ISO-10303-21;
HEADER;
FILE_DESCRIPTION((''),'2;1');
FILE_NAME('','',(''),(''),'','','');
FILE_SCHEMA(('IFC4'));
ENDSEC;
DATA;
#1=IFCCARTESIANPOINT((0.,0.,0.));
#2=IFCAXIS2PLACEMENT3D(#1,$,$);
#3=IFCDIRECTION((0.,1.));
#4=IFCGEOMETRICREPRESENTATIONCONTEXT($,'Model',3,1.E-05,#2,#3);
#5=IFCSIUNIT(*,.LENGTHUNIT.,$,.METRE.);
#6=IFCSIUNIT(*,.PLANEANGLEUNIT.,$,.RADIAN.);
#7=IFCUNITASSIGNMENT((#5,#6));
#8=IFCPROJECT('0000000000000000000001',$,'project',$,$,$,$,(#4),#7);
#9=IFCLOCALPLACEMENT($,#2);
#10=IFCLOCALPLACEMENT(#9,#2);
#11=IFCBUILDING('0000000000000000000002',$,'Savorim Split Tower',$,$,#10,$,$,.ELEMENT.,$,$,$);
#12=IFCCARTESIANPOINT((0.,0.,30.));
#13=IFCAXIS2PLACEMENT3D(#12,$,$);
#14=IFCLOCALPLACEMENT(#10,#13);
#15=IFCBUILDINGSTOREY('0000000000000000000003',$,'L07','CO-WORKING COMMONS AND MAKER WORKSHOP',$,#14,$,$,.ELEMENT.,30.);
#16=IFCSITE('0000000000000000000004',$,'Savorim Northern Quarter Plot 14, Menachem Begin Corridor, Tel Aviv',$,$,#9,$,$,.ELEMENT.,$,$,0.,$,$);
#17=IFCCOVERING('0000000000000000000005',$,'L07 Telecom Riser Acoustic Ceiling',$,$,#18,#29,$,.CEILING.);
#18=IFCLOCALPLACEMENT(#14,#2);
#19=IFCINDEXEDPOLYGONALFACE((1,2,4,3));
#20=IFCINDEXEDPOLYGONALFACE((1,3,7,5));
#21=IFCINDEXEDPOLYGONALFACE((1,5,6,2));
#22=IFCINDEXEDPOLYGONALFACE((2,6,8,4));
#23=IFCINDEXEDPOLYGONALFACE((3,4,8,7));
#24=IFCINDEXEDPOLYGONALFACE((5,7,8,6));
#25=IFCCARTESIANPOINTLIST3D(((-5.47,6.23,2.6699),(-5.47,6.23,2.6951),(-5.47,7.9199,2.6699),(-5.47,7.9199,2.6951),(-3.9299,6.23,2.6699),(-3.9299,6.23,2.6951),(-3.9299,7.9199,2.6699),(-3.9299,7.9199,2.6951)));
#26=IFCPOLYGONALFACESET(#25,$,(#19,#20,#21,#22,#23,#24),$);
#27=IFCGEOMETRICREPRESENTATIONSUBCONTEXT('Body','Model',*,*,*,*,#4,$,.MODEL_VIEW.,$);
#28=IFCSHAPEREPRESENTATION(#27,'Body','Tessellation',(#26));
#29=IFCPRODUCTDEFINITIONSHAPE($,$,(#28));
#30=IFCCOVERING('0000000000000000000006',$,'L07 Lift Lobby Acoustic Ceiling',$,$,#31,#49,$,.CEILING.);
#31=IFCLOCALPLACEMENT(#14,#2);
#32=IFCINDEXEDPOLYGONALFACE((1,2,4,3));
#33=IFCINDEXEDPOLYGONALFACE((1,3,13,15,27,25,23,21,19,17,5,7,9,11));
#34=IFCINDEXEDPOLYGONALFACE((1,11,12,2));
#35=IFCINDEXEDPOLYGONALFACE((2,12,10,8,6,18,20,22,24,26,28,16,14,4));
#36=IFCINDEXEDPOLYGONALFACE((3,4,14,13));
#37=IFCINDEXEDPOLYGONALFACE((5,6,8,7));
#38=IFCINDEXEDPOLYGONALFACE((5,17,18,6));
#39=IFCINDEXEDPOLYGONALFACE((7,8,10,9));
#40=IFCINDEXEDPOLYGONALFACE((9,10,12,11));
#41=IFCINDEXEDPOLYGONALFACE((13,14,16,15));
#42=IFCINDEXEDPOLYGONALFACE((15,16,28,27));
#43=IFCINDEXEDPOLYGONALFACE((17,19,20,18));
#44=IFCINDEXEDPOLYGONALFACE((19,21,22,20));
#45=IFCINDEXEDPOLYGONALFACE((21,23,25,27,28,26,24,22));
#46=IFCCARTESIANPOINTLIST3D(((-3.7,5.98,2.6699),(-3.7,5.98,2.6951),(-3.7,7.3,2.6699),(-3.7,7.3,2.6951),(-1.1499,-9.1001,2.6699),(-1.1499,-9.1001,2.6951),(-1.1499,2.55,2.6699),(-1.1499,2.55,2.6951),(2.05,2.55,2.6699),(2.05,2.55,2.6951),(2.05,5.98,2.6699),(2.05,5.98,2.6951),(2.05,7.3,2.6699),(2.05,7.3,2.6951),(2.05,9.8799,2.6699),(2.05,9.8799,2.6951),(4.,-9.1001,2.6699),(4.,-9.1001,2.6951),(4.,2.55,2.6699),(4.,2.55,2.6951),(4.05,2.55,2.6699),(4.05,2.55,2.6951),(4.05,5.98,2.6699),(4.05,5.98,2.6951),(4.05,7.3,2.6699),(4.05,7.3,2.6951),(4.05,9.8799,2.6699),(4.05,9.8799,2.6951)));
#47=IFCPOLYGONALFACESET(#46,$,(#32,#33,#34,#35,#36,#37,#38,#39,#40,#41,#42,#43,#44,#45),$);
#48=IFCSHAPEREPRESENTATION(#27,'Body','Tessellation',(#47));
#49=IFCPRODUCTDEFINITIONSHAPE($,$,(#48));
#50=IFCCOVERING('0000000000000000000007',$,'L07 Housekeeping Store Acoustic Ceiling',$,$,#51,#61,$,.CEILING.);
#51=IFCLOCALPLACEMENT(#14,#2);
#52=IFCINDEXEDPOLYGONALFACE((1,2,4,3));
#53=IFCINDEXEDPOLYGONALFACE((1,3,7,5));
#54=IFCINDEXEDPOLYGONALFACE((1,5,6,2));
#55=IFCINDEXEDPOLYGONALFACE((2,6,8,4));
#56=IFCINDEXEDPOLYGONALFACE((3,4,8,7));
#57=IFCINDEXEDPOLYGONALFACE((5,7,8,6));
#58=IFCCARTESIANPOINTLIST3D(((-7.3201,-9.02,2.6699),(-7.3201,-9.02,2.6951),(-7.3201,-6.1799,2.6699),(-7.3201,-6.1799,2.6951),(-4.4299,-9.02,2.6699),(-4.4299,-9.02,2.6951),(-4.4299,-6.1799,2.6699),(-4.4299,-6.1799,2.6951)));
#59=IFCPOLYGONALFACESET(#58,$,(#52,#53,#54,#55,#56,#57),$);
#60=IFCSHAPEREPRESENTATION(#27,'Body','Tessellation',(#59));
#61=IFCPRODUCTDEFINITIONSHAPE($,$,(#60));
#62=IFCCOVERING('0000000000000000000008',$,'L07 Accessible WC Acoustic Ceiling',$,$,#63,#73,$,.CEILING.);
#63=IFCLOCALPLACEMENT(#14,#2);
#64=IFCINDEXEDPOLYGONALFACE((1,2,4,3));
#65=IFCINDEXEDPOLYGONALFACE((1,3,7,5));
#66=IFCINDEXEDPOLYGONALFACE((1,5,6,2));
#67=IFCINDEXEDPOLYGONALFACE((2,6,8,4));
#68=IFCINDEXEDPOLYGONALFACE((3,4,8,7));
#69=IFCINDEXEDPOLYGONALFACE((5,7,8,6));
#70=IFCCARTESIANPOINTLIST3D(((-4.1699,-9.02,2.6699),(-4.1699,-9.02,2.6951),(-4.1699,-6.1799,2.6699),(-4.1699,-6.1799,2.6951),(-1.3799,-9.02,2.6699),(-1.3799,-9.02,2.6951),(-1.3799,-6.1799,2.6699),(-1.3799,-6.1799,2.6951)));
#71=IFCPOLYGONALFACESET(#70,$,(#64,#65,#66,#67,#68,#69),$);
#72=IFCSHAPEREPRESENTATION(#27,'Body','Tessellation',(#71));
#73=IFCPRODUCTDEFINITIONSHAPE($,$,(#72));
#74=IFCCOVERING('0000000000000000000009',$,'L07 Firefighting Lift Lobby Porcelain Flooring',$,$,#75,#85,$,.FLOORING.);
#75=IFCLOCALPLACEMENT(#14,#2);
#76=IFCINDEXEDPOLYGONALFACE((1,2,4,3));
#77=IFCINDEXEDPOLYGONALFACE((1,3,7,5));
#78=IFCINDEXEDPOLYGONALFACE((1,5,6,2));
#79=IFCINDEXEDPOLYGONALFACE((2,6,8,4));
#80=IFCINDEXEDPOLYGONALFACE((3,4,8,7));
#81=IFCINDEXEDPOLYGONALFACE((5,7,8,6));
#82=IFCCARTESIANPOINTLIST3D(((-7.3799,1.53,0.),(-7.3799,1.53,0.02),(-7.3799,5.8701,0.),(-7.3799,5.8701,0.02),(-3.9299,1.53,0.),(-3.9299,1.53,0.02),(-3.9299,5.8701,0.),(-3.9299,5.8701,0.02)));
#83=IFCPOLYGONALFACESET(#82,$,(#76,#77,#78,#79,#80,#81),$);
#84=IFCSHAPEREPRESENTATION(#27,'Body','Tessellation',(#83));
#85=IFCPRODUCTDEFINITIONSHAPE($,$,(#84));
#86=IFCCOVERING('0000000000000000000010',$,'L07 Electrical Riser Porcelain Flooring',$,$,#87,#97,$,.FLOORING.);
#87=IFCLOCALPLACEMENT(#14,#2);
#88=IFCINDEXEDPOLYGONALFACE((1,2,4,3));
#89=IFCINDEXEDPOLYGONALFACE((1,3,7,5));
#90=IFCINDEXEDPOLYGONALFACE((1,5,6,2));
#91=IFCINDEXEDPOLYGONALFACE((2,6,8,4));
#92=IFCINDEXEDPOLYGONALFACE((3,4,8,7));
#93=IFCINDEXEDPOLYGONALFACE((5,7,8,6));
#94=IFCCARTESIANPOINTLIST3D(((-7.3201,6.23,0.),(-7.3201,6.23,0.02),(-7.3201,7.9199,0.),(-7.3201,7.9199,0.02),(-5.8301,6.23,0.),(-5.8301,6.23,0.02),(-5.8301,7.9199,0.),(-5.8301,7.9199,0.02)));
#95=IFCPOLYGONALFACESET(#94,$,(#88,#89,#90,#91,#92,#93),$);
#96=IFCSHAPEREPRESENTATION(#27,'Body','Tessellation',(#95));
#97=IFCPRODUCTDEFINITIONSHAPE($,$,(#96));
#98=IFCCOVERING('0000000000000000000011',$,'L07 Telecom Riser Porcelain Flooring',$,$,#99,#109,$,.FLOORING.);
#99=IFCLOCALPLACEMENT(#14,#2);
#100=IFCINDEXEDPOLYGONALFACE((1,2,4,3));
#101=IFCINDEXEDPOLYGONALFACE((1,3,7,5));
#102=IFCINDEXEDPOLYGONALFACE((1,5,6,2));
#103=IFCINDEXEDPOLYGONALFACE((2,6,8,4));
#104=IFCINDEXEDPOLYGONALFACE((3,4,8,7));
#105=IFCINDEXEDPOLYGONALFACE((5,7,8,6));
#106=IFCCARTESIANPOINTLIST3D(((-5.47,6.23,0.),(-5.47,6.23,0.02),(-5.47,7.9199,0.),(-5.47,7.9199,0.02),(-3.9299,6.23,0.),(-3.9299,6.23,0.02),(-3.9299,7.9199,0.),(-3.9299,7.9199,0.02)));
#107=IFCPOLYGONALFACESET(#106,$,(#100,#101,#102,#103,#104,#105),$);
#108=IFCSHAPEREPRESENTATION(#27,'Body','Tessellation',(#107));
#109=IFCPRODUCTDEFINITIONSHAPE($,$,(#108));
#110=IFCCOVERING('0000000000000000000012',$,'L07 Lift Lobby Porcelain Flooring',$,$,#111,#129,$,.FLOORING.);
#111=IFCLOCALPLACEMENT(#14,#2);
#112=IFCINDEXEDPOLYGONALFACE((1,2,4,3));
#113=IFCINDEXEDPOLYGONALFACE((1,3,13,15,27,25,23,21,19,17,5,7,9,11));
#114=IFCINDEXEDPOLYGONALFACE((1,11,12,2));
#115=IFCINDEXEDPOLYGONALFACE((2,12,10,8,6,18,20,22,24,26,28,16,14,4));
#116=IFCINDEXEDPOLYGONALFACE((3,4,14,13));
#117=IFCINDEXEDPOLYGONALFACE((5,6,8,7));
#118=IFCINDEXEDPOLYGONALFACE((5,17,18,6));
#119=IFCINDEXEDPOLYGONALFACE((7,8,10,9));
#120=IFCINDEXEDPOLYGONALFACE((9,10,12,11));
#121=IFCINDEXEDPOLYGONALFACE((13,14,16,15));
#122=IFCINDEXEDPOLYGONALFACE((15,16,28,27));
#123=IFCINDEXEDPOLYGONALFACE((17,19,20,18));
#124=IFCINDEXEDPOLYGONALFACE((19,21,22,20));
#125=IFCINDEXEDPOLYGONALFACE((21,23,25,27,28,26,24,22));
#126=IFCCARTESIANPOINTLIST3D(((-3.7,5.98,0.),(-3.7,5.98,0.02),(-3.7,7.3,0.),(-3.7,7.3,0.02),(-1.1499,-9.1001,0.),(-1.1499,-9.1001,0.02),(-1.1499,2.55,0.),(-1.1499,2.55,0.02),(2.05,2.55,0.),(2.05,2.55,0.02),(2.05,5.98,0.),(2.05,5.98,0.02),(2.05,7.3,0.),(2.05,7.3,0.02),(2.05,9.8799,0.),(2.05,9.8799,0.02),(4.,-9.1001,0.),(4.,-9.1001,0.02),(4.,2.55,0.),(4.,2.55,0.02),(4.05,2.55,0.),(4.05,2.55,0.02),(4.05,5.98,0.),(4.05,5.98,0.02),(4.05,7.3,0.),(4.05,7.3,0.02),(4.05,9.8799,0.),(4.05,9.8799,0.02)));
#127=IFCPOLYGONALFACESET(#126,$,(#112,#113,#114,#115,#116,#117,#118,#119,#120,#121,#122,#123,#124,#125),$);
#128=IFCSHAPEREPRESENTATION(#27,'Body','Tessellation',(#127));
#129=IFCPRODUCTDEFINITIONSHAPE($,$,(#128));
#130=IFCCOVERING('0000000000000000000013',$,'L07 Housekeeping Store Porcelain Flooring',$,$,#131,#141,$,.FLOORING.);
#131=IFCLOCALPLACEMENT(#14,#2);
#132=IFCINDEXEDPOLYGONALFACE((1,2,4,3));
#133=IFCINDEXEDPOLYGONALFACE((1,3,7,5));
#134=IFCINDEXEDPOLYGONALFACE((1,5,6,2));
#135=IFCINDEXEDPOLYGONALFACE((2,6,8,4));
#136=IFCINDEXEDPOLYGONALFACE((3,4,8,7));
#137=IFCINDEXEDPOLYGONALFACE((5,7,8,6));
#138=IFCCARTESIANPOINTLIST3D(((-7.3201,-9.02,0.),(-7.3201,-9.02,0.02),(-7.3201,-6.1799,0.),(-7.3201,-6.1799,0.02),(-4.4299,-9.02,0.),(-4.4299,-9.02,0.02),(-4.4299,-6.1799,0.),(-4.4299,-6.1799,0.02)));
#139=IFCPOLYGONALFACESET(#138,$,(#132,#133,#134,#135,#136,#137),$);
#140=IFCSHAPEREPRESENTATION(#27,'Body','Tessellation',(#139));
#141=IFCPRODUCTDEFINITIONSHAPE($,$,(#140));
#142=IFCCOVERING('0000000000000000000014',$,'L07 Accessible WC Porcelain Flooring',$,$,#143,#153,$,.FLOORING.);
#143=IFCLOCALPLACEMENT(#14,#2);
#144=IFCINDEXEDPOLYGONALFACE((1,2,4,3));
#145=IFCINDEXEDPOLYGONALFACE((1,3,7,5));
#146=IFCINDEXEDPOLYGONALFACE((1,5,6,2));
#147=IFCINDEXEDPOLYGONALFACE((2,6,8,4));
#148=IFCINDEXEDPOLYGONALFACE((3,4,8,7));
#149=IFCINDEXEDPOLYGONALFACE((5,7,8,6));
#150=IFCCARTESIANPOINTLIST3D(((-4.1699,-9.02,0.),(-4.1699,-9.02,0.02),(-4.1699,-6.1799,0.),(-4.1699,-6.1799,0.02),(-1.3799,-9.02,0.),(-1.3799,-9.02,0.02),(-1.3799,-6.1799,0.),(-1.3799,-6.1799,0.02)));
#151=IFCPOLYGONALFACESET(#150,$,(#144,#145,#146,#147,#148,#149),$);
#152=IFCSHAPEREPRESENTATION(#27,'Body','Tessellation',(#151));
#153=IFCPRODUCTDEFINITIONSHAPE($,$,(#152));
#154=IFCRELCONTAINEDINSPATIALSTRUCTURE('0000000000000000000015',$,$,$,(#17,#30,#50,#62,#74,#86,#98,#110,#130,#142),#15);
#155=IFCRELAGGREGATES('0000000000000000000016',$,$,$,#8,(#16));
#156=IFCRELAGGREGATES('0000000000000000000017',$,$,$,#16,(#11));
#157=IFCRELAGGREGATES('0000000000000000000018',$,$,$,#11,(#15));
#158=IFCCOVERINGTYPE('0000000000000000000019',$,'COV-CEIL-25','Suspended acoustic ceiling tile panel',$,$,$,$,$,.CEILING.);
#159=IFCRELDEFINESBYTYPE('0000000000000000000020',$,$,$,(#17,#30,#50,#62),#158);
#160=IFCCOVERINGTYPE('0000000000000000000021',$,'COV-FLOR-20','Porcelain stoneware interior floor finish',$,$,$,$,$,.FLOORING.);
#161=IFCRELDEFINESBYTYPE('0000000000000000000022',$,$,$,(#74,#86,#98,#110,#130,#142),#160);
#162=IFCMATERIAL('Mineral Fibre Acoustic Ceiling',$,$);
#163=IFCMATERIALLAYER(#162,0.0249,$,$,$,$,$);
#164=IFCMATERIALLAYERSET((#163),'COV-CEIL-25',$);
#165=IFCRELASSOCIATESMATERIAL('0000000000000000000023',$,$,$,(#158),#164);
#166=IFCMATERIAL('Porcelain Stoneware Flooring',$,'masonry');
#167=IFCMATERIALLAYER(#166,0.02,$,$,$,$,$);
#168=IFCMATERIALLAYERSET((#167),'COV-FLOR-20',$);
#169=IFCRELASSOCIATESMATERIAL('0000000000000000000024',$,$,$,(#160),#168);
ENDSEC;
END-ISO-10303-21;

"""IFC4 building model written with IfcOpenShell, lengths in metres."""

from ifc_helpers import new_model, si_unit, direction, frame, origin, place, context, subcontext, project, spatial, polyline, outline, extrude, material, layer, layer_set, type_object, element, save


model = new_model("IFC4")

# Units and contexts
model_context = context("Model", 3, precision=1e-05, world=origin(), true_north=direction((0.0, 1.0)))
body_context = subcontext(model_context, "Body", "Model", "MODEL_VIEW")
ifc_project = project(units=[si_unit("LENGTHUNIT", "METRE"), si_unit("PLANEANGLEUNIT", "RADIAN")], contexts=[model_context])

# Site, building, storey
site_placement = place(None, origin())
site = spatial("IfcSite", under=ifc_project, at=site_placement, Name="Savorim Northern Quarter Plot 14, Menachem Begin Corridor, Tel Aviv", CompositionType="ELEMENT", RefElevation=0.0)
building_placement = place(site_placement, origin())
building = spatial("IfcBuilding", under=site, at=building_placement, Name="Savorim Split Tower", CompositionType="ELEMENT")
storey_placement = place(building_placement, frame((0.0, 0.0, 30.0)))
storey = spatial("IfcBuildingStorey", under=building, at=storey_placement, Name="L07", Description="CO-WORKING COMMONS AND MAKER WORKSHOP", CompositionType="ELEMENT", Elevation=30.0)

# Coverings
ifc_material_1 = material(Name="Mineral Fibre Acoustic Ceiling")
ifc_layer_1 = layer(ifc_material_1, 0.0249)
ifc_layer_set_1 = layer_set([ifc_layer_1], Name="COV-CEIL-25")
covering_type_1 = type_object("IfcCoveringType", Name="COV-CEIL-25", Description="Suspended acoustic ceiling tile panel", PredefinedType="CEILING", material=ifc_layer_set_1)
covering_1_placement = place(storey_placement, frame((0.0, 0.0, 2.6699)))
element("IfcCovering", 1, at=covering_1_placement, inside=storey, type_object=covering_type_1, Name="L07 Telecom Riser Acoustic Ceiling", PredefinedType="CEILING", context=body_context, shape_type="SweptSolid", body=[
    extrude(outline(polyline([(-5.47, 7.9199), (-5.47, 6.23), (-3.9299, 6.23), (-3.9299, 7.9199), (-5.47, 7.9199)])), origin(), (0.0, 0.0, 1.0), 0.0251),
])
covering_2_placement = place(storey_placement, frame((0.0, 0.0, 2.6699)))
element("IfcCovering", 2, at=covering_2_placement, inside=storey, type_object=covering_type_1, Name="L07 Lift Lobby Acoustic Ceiling", PredefinedType="CEILING", context=body_context, shape_type="SweptSolid", body=[
    extrude(outline(polyline([(2.05, 2.55), (-1.1499, 2.55), (-1.1499, -9.1001), (4.0, -9.1001), (4.0, 2.55), (4.05, 2.55), (4.05, 5.98), (4.05, 7.3), (4.05, 9.8799), (2.05, 9.8799), (2.05, 7.3), (-3.7, 7.3), (-3.7, 5.98), (2.05, 5.98), (2.05, 2.55)])), origin(), (0.0, 0.0, 1.0), 0.0251),
])
covering_3_placement = place(storey_placement, frame((0.0, 0.0, 2.6699)))
element("IfcCovering", 3, at=covering_3_placement, inside=storey, type_object=covering_type_1, Name="L07 Housekeeping Store Acoustic Ceiling", PredefinedType="CEILING", context=body_context, shape_type="SweptSolid", body=[
    extrude(outline(polyline([(-7.3201, -6.1799), (-7.3201, -9.02), (-4.4299, -9.02), (-4.4299, -6.1799), (-7.3201, -6.1799)])), origin(), (0.0, 0.0, 1.0), 0.0251),
])
covering_4_placement = place(storey_placement, frame((0.0, 0.0, 2.6699)))
element("IfcCovering", 4, at=covering_4_placement, inside=storey, type_object=covering_type_1, Name="L07 Accessible WC Acoustic Ceiling", PredefinedType="CEILING", context=body_context, shape_type="SweptSolid", body=[
    extrude(outline(polyline([(-4.1699, -6.1799), (-4.1699, -9.02), (-1.3799, -9.02), (-1.3799, -6.1799), (-4.1699, -6.1799)])), origin(), (0.0, 0.0, 1.0), 0.0251),
])
ifc_material_2 = material(Name="Porcelain Stoneware Flooring", Category="masonry")
ifc_layer_2 = layer(ifc_material_2, 0.02)
ifc_layer_set_2 = layer_set([ifc_layer_2], Name="COV-FLOR-20")
covering_type_2 = type_object("IfcCoveringType", Name="COV-FLOR-20", Description="Porcelain stoneware interior floor finish", PredefinedType="FLOORING", material=ifc_layer_set_2)
covering_5_placement = place(storey_placement, origin())
element("IfcCovering", 5, at=covering_5_placement, inside=storey, type_object=covering_type_2, Name="L07 Firefighting Lift Lobby Porcelain Flooring", PredefinedType="FLOORING", context=body_context, shape_type="SweptSolid", body=[
    extrude(outline(polyline([(-7.3799, 5.8701), (-7.3799, 1.53), (-3.9299, 1.53), (-3.9299, 5.8701), (-7.3799, 5.8701)])), origin(), (0.0, 0.0, 1.0), 0.02),
])
covering_6_placement = place(storey_placement, origin())
element("IfcCovering", 6, at=covering_6_placement, inside=storey, type_object=covering_type_2, Name="L07 Electrical Riser Porcelain Flooring", PredefinedType="FLOORING", context=body_context, shape_type="SweptSolid", body=[
    extrude(outline(polyline([(-7.3201, 7.9199), (-7.3201, 6.23), (-5.8301, 6.23), (-5.8301, 7.9199), (-7.3201, 7.9199)])), origin(), (0.0, 0.0, 1.0), 0.02),
])
covering_7_placement = place(storey_placement, origin())
element("IfcCovering", 7, at=covering_7_placement, inside=storey, type_object=covering_type_2, Name="L07 Telecom Riser Porcelain Flooring", PredefinedType="FLOORING", context=body_context, shape_type="SweptSolid", body=[
    extrude(outline(polyline([(-5.47, 7.9199), (-5.47, 6.23), (-3.9299, 6.23), (-3.9299, 7.9199), (-5.47, 7.9199)])), origin(), (0.0, 0.0, 1.0), 0.02),
])
covering_8_placement = place(storey_placement, origin())
element("IfcCovering", 8, at=covering_8_placement, inside=storey, type_object=covering_type_2, Name="L07 Lift Lobby Porcelain Flooring", PredefinedType="FLOORING", context=body_context, shape_type="SweptSolid", body=[
    extrude(outline(polyline([(2.05, 2.55), (-1.1499, 2.55), (-1.1499, -9.1001), (4.0, -9.1001), (4.0, 2.55), (4.05, 2.55), (4.05, 5.98), (4.05, 7.3), (4.05, 9.8799), (2.05, 9.8799), (2.05, 7.3), (-3.7, 7.3), (-3.7, 5.98), (2.05, 5.98), (2.05, 2.55)])), origin(), (0.0, 0.0, 1.0), 0.02),
])
covering_9_placement = place(storey_placement, origin())
element("IfcCovering", 9, at=covering_9_placement, inside=storey, type_object=covering_type_2, Name="L07 Housekeeping Store Porcelain Flooring", PredefinedType="FLOORING", context=body_context, shape_type="SweptSolid", body=[
    extrude(outline(polyline([(-7.3201, -6.1799), (-7.3201, -9.02), (-4.4299, -9.02), (-4.4299, -6.1799), (-7.3201, -6.1799)])), origin(), (0.0, 0.0, 1.0), 0.02),
])
covering_10_placement = place(storey_placement, origin())
element("IfcCovering", 10, at=covering_10_placement, inside=storey, type_object=covering_type_2, Name="L07 Accessible WC Porcelain Flooring", PredefinedType="FLOORING", context=body_context, shape_type="SweptSolid", body=[
    extrude(outline(polyline([(-4.1699, -6.1799), (-4.1699, -9.02), (-1.3799, -9.02), (-1.3799, -6.1799), (-4.1699, -6.1799)])), origin(), (0.0, 0.0, 1.0), 0.02),
])

save(model, "model.ifc")
